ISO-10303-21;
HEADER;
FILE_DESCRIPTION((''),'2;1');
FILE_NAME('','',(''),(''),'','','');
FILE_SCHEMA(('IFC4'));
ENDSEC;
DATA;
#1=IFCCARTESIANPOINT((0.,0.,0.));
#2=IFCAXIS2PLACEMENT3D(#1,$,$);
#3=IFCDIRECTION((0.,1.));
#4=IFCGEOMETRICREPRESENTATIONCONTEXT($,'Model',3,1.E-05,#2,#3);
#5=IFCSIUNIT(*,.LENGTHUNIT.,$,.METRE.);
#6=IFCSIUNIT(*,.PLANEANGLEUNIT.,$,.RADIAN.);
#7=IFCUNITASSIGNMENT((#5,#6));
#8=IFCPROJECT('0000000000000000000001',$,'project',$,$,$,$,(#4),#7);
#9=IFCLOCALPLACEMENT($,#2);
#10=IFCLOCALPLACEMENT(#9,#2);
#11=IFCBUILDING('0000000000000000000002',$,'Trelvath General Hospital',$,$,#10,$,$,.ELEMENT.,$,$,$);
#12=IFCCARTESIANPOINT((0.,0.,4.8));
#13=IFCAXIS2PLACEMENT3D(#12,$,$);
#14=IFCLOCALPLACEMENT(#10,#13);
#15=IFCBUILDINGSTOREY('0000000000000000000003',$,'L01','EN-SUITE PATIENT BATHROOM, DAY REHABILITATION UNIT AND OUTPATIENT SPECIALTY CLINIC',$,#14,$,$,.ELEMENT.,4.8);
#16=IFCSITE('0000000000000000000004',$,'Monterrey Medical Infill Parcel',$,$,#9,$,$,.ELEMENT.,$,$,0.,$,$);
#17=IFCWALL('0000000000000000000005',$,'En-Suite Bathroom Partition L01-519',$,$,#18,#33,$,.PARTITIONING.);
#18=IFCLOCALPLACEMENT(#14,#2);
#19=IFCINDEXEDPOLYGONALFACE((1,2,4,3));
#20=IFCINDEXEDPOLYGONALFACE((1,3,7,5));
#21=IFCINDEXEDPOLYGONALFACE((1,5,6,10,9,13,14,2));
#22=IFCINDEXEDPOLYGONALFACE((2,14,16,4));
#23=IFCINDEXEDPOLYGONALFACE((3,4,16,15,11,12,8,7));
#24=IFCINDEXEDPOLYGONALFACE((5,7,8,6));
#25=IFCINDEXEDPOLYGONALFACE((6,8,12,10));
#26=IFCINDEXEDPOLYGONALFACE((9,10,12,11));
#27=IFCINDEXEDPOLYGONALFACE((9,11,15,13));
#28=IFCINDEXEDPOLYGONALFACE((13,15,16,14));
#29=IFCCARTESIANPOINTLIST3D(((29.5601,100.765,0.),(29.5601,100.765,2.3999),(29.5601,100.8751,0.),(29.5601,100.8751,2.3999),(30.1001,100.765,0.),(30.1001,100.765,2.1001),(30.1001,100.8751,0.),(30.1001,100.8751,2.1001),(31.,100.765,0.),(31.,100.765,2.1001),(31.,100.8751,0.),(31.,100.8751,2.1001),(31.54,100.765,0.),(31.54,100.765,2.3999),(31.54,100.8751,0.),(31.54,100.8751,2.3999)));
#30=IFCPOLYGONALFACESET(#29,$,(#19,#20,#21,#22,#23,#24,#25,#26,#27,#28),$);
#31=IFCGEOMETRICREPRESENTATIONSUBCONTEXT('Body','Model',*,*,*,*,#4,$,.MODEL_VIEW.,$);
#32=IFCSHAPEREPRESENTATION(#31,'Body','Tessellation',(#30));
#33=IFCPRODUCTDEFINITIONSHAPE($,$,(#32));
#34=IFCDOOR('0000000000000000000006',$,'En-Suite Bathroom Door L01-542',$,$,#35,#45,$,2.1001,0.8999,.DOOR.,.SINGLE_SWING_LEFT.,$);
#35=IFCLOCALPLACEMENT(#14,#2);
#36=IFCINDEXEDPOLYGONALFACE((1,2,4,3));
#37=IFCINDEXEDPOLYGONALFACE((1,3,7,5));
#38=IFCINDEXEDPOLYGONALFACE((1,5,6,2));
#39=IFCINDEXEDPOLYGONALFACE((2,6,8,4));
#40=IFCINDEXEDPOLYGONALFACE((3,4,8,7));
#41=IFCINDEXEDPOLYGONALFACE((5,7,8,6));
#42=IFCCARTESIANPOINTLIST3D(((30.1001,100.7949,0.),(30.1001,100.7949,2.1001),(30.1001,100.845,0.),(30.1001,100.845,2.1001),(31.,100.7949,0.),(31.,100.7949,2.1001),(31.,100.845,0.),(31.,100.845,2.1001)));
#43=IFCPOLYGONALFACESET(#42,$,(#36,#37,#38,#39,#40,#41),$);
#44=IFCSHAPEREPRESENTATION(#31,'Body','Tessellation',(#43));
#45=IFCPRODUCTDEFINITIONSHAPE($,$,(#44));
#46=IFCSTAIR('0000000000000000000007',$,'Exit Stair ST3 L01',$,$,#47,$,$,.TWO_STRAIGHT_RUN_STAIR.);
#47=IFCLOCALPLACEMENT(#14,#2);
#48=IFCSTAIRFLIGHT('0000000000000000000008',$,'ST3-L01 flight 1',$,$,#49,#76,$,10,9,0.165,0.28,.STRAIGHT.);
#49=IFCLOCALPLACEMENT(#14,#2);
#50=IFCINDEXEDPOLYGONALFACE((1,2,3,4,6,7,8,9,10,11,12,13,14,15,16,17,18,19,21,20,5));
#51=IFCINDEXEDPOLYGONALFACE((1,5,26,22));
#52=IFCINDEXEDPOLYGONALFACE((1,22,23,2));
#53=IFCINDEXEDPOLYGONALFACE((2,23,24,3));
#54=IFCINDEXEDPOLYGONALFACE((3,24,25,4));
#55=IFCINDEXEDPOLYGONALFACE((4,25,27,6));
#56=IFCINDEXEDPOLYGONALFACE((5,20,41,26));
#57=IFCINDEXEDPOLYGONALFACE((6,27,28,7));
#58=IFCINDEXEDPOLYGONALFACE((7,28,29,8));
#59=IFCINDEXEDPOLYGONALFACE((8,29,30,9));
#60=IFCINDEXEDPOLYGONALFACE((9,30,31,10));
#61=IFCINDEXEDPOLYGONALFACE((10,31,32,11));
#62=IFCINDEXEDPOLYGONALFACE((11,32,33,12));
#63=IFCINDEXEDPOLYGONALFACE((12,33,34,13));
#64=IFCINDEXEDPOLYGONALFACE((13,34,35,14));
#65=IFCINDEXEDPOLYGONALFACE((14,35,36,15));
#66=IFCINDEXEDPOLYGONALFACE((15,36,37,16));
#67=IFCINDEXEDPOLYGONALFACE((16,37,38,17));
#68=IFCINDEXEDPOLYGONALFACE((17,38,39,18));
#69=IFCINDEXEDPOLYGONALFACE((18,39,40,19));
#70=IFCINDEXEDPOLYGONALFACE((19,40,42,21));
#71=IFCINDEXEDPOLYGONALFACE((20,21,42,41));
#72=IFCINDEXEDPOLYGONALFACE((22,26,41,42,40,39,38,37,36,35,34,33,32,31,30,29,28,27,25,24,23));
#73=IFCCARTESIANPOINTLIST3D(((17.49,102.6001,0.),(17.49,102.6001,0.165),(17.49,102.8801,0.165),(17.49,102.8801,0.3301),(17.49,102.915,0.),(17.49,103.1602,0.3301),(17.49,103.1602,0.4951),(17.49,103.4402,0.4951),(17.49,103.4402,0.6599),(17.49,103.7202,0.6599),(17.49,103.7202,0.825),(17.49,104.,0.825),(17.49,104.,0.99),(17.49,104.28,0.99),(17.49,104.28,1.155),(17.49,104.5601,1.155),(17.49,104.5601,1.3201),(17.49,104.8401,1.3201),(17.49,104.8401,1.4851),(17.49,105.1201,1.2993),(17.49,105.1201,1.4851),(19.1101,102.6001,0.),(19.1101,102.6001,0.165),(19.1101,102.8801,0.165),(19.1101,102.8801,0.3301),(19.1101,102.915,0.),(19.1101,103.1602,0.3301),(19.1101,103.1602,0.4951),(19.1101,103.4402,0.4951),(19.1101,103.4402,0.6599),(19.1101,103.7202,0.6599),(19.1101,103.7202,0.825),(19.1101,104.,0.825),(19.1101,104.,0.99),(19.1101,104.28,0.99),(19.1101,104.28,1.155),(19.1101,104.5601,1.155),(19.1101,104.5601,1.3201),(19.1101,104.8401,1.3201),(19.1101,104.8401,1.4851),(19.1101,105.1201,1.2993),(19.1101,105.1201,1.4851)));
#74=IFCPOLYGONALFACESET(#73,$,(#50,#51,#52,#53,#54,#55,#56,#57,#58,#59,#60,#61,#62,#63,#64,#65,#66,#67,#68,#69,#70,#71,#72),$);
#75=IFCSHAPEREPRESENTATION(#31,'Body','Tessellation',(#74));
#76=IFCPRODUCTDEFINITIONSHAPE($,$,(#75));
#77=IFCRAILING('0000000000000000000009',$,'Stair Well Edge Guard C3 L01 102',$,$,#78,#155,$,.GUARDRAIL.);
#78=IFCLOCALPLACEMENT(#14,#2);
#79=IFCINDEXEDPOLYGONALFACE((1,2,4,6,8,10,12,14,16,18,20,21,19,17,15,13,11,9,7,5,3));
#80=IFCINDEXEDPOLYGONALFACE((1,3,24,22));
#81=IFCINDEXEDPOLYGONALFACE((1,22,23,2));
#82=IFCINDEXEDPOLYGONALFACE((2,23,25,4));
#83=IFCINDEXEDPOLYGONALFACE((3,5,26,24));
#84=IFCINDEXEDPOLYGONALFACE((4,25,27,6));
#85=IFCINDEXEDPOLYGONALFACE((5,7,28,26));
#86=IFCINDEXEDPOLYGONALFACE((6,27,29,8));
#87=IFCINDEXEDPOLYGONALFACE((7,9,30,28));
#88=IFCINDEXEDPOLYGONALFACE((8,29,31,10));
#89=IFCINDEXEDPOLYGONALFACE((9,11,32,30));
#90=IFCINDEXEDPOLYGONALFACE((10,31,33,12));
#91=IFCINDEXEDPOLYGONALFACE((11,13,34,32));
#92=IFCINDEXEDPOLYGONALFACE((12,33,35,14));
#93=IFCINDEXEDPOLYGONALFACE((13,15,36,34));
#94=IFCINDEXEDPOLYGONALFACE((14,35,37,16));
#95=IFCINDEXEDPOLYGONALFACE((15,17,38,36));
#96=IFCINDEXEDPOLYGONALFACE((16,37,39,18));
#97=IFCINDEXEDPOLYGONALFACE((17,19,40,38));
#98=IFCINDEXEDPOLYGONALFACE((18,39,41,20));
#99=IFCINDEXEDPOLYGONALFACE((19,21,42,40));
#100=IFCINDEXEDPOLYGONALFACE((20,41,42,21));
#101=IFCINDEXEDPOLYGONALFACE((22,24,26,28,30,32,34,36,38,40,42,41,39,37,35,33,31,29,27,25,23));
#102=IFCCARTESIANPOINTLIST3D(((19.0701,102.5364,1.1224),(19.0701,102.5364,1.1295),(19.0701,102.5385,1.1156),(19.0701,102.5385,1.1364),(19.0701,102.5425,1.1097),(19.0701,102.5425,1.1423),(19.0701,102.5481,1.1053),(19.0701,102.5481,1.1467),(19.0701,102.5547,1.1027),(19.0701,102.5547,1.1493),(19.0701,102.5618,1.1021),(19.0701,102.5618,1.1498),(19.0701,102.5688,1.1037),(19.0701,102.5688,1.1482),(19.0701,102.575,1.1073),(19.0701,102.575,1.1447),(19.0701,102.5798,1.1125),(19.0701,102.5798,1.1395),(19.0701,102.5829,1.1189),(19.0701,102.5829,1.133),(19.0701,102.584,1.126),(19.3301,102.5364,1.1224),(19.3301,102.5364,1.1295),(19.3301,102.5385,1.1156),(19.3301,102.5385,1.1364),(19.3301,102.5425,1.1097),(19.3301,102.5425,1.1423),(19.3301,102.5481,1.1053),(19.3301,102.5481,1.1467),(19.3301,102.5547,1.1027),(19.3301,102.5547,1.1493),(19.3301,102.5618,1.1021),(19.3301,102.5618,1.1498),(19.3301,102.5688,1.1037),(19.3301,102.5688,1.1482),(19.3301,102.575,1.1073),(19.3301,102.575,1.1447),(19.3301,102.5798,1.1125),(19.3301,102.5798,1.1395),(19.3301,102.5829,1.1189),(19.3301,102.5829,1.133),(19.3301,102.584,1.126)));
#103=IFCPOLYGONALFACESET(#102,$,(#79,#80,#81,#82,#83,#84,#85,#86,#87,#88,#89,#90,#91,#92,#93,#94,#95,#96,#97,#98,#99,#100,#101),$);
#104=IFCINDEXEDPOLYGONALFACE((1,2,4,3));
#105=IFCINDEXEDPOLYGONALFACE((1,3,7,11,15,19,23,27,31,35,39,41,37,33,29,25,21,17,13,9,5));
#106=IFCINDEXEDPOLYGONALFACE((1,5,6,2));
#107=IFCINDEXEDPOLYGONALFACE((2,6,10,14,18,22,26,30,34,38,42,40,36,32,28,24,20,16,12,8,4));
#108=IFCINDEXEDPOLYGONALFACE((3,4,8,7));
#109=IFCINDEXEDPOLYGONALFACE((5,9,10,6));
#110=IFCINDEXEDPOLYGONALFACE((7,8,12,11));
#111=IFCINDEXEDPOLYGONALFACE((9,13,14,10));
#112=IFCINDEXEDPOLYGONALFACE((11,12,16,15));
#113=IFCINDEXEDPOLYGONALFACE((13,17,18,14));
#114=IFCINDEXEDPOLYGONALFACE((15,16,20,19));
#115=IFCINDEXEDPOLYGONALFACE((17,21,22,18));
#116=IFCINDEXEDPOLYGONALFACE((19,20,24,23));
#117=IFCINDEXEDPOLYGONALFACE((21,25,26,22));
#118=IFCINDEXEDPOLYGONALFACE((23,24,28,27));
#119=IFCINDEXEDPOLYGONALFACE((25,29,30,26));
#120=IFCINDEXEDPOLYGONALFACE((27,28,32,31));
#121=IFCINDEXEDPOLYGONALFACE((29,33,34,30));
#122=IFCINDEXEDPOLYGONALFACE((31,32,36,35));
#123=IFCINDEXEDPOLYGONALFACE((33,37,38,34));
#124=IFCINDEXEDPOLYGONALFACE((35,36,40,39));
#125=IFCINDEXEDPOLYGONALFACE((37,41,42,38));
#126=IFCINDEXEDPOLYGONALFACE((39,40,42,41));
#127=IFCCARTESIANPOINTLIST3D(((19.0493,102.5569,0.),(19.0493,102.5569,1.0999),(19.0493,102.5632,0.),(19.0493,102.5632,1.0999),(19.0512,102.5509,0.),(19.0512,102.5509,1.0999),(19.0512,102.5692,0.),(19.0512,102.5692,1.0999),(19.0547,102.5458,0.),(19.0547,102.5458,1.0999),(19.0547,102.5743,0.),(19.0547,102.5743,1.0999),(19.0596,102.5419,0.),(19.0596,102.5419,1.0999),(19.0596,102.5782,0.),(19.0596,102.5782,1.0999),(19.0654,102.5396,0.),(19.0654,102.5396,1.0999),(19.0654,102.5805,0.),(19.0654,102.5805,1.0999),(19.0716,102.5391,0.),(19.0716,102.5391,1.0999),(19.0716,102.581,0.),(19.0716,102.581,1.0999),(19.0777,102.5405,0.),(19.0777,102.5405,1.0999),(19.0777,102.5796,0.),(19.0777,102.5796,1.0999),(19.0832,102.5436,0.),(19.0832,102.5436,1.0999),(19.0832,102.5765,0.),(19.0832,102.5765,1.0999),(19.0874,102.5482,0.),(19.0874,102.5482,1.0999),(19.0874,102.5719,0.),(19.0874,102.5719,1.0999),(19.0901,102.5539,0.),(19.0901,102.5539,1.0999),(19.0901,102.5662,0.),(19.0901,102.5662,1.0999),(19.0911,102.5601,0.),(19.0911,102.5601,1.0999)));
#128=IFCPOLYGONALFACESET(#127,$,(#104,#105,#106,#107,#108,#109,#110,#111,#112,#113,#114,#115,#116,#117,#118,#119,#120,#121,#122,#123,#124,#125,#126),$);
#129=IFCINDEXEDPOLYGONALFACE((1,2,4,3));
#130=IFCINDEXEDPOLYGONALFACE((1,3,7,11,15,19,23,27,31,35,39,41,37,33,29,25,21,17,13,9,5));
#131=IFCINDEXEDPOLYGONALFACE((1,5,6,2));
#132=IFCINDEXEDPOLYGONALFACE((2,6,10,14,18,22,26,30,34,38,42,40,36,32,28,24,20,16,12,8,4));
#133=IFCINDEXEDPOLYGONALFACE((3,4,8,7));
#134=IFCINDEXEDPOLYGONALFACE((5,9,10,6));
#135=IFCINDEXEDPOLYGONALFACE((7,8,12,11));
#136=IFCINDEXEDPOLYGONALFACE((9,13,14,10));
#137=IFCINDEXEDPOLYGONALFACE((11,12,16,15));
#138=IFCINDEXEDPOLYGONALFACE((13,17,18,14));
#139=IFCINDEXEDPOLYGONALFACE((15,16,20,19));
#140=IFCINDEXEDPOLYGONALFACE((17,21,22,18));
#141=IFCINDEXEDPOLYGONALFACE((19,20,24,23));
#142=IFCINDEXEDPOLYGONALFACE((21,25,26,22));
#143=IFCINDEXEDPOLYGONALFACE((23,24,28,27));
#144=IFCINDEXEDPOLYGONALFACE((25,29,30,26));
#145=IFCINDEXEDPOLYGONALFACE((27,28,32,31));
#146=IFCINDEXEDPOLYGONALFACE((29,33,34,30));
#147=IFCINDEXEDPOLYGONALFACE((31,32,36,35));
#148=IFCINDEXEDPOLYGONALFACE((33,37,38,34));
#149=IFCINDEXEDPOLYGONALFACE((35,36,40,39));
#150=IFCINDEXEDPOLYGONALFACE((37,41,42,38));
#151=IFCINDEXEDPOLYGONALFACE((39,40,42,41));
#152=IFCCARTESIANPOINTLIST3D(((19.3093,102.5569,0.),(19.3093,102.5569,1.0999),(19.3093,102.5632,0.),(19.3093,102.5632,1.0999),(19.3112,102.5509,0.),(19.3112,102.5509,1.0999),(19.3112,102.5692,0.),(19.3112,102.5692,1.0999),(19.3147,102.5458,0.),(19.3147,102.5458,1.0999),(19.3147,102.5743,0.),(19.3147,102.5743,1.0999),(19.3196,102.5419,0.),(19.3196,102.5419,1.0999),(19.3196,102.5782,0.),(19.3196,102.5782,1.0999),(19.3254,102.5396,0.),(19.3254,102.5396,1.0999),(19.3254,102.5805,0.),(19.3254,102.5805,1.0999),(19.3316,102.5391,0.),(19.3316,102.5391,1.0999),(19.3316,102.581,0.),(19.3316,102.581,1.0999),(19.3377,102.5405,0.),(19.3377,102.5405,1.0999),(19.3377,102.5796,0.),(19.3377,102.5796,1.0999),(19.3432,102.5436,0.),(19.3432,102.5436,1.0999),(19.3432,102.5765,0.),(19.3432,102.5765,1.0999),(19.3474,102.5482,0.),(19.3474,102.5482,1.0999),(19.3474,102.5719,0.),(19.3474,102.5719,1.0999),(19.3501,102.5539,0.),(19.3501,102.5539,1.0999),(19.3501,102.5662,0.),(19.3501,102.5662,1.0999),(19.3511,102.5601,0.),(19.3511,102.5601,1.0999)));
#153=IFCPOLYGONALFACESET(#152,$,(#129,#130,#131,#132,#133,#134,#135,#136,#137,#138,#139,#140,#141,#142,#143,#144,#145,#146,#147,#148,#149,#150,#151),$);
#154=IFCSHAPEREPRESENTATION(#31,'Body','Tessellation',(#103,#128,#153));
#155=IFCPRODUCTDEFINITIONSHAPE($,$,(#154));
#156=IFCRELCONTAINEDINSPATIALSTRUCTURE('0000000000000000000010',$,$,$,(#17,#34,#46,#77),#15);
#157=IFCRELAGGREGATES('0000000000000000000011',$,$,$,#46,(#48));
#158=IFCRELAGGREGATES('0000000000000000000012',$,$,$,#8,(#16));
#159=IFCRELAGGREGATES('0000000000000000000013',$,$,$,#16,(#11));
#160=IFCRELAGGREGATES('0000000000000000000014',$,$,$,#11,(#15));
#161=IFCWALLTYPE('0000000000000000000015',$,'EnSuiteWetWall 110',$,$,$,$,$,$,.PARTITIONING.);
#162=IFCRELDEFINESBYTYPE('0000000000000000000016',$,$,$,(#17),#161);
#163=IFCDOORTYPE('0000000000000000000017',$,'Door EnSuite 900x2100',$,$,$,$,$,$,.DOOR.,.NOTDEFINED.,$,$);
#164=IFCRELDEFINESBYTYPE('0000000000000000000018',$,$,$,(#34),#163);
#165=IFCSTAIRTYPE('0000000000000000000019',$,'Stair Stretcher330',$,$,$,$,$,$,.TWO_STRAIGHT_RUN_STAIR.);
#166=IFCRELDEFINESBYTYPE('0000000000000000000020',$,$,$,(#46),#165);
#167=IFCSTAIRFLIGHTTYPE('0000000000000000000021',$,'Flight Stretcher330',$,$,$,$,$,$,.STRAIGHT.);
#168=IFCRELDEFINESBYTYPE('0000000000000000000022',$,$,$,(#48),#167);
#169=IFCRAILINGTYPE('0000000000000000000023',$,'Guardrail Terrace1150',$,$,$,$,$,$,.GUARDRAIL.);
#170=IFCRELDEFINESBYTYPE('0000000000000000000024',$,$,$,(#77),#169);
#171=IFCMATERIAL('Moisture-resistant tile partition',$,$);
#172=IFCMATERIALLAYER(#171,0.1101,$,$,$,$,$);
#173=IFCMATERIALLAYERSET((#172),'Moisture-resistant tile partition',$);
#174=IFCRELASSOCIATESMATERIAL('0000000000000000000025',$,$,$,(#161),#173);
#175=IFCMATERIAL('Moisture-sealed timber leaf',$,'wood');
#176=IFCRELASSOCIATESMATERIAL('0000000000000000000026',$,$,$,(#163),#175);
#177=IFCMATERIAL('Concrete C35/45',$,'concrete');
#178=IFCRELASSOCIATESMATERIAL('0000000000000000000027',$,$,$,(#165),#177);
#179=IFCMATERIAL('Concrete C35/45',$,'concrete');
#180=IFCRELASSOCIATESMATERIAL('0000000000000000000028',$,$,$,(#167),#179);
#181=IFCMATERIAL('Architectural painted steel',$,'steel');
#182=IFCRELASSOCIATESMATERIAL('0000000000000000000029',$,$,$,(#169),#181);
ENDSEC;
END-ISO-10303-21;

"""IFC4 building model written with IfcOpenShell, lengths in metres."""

from ifc_helpers import new_model, si_unit, direction, frame, frame_2d, origin, origin_2d, place, context, subcontext, project, spatial, polyline, rectangle, circle, outline, extrude, material, layer, layer_set, type_object, element, fill, aggregate, save


model = new_model("IFC4")

# Units and contexts
model_context = context("Model", 3, precision=1e-05, world=origin(), true_north=direction((0.0, 1.0)))
body_context = subcontext(model_context, "Body", "Model", "MODEL_VIEW")
ifc_project = project(units=[si_unit("LENGTHUNIT", "METRE"), si_unit("PLANEANGLEUNIT", "RADIAN")], contexts=[model_context])

# Site, building, storey
site_placement = place(None, origin())
site = spatial("IfcSite", under=ifc_project, at=site_placement, Name="Monterrey Medical Infill Parcel", CompositionType="ELEMENT", RefElevation=0.0)
building_placement = place(site_placement, origin())
building = spatial("IfcBuilding", under=site, at=building_placement, Name="Trelvath General Hospital", CompositionType="ELEMENT")
storey_placement = place(building_placement, frame((0.0, 0.0, 4.8)))
storey = spatial("IfcBuildingStorey", under=building, at=storey_placement, Name="L01", Description="EN-SUITE PATIENT BATHROOM, DAY REHABILITATION UNIT AND OUTPATIENT SPECIALTY CLINIC", CompositionType="ELEMENT", Elevation=4.8)

# Shared definitions
ifc_material_1 = material(Name="Moisture-resistant tile partition")
ifc_layer_1 = layer(ifc_material_1, 0.1101)
ifc_layer_set_1 = layer_set([ifc_layer_1], Name="Moisture-resistant tile partition")
wall_type_1 = type_object("IfcWallType", Name="EnSuiteWetWall 110", PredefinedType="PARTITIONING", material=ifc_layer_set_1)

# Shared definitions
ifc_material_2 = material(Name="Moisture-sealed timber leaf", Category="wood")
door_type_1 = type_object("IfcDoorType", Name="Door EnSuite 900x2100", OperationType="NOTDEFINED", PredefinedType="DOOR", material=ifc_material_2)

# Wall, opening, door
wall_1_placement = place(storey_placement, frame((29.5601, 100.8201, 0.0), z_axis=(0.0, 0.0, 1.0), x_axis=(1.0, 0.0, 0.0)))
wall_1 = element("IfcWall", 1, at=wall_1_placement, inside=storey, type_object=wall_type_1, Name="En-Suite Bathroom Partition L01-519", PredefinedType="PARTITIONING", context=body_context, shape_type="SweptSolid", body=[
    extrude(rectangle(XDim=1.98, YDim=0.1101, at=frame_2d((0.99, 0.0))), origin(), (0.0, 0.0, 1.0), 2.3999),
])
opening_1_placement = place(wall_1_placement, frame((0.54, 0.0, 0.0)))
opening_1 = element("IfcOpeningElement", 2, at=opening_1_placement, cuts=wall_1, PredefinedType="OPENING", context=body_context, shape_type="SweptSolid", body=[
    extrude(rectangle(XDim=0.8999, YDim=2.1001, at=frame_2d((0.45, 1.05))), frame((0.0, 0.0649, 0.0), z_axis=(0.0, -1.0, 0.0), x_axis=(1.0, 0.0, 0.0)), (0.0, 0.0, 1.0), 0.1301),
])
door_1_placement = place(opening_1_placement, origin())
door_1 = element("IfcDoor", 3, at=door_1_placement, inside=storey, type_object=door_type_1, Name="En-Suite Bathroom Door L01-542", OperationType="SINGLE_SWING_LEFT", OverallHeight=2.1001, OverallWidth=0.8999, PredefinedType="DOOR", context=body_context, shape_type="SweptSolid", body=[
    extrude(rectangle(XDim=0.8999, YDim=2.1001, at=frame_2d((0.45, 1.05))), frame((0.0, 0.0249, 0.0), z_axis=(0.0, -1.0, 0.0), x_axis=(1.0, 0.0, 0.0)), (0.0, 0.0, 1.0), 0.05),
])
fill(opening_1, door_1)

# Stair, stair flight
ifc_material_3 = material(Name="Concrete C35/45", Category="concrete")
stair_type = type_object("IfcStairType", Name="Stair Stretcher330", PredefinedType="TWO_STRAIGHT_RUN_STAIR", material=ifc_material_3)
stair_placement = place(storey_placement, origin())
stair = element("IfcStair", 4, at=stair_placement, inside=storey, type_object=stair_type, Name="Exit Stair ST3 L01", PredefinedType="TWO_STRAIGHT_RUN_STAIR")
ifc_material_4 = material(Name="Concrete C35/45", Category="concrete")
stair_flight_type = type_object("IfcStairFlightType", Name="Flight Stretcher330", PredefinedType="STRAIGHT", material=ifc_material_4)
stair_flight_placement = place(storey_placement, frame((18.3, 102.6001, 0.0), z_axis=(0.0, 0.0, 1.0), x_axis=(0.0, 1.0, 0.0)))
stair_flight = element("IfcStairFlight", 5, at=stair_flight_placement, type_object=stair_flight_type, Name="ST3-L01 flight 1", NumberOfRisers=10, NumberOfTreads=9, PredefinedType="STRAIGHT", RiserHeight=0.165, TreadLength=0.28, context=body_context, shape_type="SweptSolid", body=[
    extrude(outline(polyline([(0.0, 0.0), (0.0, 0.165), (0.28, 0.165), (0.28, 0.3301), (0.5601, 0.3301), (0.5601, 0.4951), (0.8401, 0.4951), (0.8401, 0.6599), (1.1201, 0.6599), (1.1201, 0.825), (1.3999, 0.825), (1.3999, 0.99), (1.6799, 0.99), (1.6799, 1.155), (1.96, 1.155), (1.96, 1.3201), (2.24, 1.3201), (2.24, 1.4851), (2.52, 1.4851), (2.52, 1.6499), (2.52, 1.2993), (0.3149, 0.0), (0.0, 0.0)])), frame((0.0, 0.8101, 0.0), z_axis=(0.0, -1.0, 0.0), x_axis=(1.0, 0.0, 0.0)), (0.0, 0.0, 1.0), 1.6201),
])
aggregate(stair, [stair_flight])

# Railing
ifc_material_5 = material(Name="Architectural painted steel", Category="steel")
railing_type_1 = type_object("IfcRailingType", Name="Guardrail Terrace1150", PredefinedType="GUARDRAIL", material=ifc_material_5)
railing_1_placement = place(storey_placement, frame((19.0701, 102.5601, 0.0)))
element("IfcRailing", 6, at=railing_1_placement, inside=storey, type_object=railing_type_1, Name="Stair Well Edge Guard C3 L01 102", PredefinedType="GUARDRAIL", context=body_context, shape_type="SweptSolid", body=[
    extrude(circle(Radius=0.0239, at=origin_2d()), frame((0.0, 0.0, 1.126), z_axis=(1.0, 0.0, 0.0), x_axis=(0.0, 1.0, 0.0)), (0.0, 0.0, 1.0), 0.26),
    extrude(circle(Radius=0.021, at=origin_2d()), origin(), (0.0, 0.0, 1.0), 1.0999),
    extrude(circle(Radius=0.021, at=origin_2d()), frame((0.26, 0.0, 0.0)), (0.0, 0.0, 1.0), 1.0999),
])

save(model, "model.ifc")
